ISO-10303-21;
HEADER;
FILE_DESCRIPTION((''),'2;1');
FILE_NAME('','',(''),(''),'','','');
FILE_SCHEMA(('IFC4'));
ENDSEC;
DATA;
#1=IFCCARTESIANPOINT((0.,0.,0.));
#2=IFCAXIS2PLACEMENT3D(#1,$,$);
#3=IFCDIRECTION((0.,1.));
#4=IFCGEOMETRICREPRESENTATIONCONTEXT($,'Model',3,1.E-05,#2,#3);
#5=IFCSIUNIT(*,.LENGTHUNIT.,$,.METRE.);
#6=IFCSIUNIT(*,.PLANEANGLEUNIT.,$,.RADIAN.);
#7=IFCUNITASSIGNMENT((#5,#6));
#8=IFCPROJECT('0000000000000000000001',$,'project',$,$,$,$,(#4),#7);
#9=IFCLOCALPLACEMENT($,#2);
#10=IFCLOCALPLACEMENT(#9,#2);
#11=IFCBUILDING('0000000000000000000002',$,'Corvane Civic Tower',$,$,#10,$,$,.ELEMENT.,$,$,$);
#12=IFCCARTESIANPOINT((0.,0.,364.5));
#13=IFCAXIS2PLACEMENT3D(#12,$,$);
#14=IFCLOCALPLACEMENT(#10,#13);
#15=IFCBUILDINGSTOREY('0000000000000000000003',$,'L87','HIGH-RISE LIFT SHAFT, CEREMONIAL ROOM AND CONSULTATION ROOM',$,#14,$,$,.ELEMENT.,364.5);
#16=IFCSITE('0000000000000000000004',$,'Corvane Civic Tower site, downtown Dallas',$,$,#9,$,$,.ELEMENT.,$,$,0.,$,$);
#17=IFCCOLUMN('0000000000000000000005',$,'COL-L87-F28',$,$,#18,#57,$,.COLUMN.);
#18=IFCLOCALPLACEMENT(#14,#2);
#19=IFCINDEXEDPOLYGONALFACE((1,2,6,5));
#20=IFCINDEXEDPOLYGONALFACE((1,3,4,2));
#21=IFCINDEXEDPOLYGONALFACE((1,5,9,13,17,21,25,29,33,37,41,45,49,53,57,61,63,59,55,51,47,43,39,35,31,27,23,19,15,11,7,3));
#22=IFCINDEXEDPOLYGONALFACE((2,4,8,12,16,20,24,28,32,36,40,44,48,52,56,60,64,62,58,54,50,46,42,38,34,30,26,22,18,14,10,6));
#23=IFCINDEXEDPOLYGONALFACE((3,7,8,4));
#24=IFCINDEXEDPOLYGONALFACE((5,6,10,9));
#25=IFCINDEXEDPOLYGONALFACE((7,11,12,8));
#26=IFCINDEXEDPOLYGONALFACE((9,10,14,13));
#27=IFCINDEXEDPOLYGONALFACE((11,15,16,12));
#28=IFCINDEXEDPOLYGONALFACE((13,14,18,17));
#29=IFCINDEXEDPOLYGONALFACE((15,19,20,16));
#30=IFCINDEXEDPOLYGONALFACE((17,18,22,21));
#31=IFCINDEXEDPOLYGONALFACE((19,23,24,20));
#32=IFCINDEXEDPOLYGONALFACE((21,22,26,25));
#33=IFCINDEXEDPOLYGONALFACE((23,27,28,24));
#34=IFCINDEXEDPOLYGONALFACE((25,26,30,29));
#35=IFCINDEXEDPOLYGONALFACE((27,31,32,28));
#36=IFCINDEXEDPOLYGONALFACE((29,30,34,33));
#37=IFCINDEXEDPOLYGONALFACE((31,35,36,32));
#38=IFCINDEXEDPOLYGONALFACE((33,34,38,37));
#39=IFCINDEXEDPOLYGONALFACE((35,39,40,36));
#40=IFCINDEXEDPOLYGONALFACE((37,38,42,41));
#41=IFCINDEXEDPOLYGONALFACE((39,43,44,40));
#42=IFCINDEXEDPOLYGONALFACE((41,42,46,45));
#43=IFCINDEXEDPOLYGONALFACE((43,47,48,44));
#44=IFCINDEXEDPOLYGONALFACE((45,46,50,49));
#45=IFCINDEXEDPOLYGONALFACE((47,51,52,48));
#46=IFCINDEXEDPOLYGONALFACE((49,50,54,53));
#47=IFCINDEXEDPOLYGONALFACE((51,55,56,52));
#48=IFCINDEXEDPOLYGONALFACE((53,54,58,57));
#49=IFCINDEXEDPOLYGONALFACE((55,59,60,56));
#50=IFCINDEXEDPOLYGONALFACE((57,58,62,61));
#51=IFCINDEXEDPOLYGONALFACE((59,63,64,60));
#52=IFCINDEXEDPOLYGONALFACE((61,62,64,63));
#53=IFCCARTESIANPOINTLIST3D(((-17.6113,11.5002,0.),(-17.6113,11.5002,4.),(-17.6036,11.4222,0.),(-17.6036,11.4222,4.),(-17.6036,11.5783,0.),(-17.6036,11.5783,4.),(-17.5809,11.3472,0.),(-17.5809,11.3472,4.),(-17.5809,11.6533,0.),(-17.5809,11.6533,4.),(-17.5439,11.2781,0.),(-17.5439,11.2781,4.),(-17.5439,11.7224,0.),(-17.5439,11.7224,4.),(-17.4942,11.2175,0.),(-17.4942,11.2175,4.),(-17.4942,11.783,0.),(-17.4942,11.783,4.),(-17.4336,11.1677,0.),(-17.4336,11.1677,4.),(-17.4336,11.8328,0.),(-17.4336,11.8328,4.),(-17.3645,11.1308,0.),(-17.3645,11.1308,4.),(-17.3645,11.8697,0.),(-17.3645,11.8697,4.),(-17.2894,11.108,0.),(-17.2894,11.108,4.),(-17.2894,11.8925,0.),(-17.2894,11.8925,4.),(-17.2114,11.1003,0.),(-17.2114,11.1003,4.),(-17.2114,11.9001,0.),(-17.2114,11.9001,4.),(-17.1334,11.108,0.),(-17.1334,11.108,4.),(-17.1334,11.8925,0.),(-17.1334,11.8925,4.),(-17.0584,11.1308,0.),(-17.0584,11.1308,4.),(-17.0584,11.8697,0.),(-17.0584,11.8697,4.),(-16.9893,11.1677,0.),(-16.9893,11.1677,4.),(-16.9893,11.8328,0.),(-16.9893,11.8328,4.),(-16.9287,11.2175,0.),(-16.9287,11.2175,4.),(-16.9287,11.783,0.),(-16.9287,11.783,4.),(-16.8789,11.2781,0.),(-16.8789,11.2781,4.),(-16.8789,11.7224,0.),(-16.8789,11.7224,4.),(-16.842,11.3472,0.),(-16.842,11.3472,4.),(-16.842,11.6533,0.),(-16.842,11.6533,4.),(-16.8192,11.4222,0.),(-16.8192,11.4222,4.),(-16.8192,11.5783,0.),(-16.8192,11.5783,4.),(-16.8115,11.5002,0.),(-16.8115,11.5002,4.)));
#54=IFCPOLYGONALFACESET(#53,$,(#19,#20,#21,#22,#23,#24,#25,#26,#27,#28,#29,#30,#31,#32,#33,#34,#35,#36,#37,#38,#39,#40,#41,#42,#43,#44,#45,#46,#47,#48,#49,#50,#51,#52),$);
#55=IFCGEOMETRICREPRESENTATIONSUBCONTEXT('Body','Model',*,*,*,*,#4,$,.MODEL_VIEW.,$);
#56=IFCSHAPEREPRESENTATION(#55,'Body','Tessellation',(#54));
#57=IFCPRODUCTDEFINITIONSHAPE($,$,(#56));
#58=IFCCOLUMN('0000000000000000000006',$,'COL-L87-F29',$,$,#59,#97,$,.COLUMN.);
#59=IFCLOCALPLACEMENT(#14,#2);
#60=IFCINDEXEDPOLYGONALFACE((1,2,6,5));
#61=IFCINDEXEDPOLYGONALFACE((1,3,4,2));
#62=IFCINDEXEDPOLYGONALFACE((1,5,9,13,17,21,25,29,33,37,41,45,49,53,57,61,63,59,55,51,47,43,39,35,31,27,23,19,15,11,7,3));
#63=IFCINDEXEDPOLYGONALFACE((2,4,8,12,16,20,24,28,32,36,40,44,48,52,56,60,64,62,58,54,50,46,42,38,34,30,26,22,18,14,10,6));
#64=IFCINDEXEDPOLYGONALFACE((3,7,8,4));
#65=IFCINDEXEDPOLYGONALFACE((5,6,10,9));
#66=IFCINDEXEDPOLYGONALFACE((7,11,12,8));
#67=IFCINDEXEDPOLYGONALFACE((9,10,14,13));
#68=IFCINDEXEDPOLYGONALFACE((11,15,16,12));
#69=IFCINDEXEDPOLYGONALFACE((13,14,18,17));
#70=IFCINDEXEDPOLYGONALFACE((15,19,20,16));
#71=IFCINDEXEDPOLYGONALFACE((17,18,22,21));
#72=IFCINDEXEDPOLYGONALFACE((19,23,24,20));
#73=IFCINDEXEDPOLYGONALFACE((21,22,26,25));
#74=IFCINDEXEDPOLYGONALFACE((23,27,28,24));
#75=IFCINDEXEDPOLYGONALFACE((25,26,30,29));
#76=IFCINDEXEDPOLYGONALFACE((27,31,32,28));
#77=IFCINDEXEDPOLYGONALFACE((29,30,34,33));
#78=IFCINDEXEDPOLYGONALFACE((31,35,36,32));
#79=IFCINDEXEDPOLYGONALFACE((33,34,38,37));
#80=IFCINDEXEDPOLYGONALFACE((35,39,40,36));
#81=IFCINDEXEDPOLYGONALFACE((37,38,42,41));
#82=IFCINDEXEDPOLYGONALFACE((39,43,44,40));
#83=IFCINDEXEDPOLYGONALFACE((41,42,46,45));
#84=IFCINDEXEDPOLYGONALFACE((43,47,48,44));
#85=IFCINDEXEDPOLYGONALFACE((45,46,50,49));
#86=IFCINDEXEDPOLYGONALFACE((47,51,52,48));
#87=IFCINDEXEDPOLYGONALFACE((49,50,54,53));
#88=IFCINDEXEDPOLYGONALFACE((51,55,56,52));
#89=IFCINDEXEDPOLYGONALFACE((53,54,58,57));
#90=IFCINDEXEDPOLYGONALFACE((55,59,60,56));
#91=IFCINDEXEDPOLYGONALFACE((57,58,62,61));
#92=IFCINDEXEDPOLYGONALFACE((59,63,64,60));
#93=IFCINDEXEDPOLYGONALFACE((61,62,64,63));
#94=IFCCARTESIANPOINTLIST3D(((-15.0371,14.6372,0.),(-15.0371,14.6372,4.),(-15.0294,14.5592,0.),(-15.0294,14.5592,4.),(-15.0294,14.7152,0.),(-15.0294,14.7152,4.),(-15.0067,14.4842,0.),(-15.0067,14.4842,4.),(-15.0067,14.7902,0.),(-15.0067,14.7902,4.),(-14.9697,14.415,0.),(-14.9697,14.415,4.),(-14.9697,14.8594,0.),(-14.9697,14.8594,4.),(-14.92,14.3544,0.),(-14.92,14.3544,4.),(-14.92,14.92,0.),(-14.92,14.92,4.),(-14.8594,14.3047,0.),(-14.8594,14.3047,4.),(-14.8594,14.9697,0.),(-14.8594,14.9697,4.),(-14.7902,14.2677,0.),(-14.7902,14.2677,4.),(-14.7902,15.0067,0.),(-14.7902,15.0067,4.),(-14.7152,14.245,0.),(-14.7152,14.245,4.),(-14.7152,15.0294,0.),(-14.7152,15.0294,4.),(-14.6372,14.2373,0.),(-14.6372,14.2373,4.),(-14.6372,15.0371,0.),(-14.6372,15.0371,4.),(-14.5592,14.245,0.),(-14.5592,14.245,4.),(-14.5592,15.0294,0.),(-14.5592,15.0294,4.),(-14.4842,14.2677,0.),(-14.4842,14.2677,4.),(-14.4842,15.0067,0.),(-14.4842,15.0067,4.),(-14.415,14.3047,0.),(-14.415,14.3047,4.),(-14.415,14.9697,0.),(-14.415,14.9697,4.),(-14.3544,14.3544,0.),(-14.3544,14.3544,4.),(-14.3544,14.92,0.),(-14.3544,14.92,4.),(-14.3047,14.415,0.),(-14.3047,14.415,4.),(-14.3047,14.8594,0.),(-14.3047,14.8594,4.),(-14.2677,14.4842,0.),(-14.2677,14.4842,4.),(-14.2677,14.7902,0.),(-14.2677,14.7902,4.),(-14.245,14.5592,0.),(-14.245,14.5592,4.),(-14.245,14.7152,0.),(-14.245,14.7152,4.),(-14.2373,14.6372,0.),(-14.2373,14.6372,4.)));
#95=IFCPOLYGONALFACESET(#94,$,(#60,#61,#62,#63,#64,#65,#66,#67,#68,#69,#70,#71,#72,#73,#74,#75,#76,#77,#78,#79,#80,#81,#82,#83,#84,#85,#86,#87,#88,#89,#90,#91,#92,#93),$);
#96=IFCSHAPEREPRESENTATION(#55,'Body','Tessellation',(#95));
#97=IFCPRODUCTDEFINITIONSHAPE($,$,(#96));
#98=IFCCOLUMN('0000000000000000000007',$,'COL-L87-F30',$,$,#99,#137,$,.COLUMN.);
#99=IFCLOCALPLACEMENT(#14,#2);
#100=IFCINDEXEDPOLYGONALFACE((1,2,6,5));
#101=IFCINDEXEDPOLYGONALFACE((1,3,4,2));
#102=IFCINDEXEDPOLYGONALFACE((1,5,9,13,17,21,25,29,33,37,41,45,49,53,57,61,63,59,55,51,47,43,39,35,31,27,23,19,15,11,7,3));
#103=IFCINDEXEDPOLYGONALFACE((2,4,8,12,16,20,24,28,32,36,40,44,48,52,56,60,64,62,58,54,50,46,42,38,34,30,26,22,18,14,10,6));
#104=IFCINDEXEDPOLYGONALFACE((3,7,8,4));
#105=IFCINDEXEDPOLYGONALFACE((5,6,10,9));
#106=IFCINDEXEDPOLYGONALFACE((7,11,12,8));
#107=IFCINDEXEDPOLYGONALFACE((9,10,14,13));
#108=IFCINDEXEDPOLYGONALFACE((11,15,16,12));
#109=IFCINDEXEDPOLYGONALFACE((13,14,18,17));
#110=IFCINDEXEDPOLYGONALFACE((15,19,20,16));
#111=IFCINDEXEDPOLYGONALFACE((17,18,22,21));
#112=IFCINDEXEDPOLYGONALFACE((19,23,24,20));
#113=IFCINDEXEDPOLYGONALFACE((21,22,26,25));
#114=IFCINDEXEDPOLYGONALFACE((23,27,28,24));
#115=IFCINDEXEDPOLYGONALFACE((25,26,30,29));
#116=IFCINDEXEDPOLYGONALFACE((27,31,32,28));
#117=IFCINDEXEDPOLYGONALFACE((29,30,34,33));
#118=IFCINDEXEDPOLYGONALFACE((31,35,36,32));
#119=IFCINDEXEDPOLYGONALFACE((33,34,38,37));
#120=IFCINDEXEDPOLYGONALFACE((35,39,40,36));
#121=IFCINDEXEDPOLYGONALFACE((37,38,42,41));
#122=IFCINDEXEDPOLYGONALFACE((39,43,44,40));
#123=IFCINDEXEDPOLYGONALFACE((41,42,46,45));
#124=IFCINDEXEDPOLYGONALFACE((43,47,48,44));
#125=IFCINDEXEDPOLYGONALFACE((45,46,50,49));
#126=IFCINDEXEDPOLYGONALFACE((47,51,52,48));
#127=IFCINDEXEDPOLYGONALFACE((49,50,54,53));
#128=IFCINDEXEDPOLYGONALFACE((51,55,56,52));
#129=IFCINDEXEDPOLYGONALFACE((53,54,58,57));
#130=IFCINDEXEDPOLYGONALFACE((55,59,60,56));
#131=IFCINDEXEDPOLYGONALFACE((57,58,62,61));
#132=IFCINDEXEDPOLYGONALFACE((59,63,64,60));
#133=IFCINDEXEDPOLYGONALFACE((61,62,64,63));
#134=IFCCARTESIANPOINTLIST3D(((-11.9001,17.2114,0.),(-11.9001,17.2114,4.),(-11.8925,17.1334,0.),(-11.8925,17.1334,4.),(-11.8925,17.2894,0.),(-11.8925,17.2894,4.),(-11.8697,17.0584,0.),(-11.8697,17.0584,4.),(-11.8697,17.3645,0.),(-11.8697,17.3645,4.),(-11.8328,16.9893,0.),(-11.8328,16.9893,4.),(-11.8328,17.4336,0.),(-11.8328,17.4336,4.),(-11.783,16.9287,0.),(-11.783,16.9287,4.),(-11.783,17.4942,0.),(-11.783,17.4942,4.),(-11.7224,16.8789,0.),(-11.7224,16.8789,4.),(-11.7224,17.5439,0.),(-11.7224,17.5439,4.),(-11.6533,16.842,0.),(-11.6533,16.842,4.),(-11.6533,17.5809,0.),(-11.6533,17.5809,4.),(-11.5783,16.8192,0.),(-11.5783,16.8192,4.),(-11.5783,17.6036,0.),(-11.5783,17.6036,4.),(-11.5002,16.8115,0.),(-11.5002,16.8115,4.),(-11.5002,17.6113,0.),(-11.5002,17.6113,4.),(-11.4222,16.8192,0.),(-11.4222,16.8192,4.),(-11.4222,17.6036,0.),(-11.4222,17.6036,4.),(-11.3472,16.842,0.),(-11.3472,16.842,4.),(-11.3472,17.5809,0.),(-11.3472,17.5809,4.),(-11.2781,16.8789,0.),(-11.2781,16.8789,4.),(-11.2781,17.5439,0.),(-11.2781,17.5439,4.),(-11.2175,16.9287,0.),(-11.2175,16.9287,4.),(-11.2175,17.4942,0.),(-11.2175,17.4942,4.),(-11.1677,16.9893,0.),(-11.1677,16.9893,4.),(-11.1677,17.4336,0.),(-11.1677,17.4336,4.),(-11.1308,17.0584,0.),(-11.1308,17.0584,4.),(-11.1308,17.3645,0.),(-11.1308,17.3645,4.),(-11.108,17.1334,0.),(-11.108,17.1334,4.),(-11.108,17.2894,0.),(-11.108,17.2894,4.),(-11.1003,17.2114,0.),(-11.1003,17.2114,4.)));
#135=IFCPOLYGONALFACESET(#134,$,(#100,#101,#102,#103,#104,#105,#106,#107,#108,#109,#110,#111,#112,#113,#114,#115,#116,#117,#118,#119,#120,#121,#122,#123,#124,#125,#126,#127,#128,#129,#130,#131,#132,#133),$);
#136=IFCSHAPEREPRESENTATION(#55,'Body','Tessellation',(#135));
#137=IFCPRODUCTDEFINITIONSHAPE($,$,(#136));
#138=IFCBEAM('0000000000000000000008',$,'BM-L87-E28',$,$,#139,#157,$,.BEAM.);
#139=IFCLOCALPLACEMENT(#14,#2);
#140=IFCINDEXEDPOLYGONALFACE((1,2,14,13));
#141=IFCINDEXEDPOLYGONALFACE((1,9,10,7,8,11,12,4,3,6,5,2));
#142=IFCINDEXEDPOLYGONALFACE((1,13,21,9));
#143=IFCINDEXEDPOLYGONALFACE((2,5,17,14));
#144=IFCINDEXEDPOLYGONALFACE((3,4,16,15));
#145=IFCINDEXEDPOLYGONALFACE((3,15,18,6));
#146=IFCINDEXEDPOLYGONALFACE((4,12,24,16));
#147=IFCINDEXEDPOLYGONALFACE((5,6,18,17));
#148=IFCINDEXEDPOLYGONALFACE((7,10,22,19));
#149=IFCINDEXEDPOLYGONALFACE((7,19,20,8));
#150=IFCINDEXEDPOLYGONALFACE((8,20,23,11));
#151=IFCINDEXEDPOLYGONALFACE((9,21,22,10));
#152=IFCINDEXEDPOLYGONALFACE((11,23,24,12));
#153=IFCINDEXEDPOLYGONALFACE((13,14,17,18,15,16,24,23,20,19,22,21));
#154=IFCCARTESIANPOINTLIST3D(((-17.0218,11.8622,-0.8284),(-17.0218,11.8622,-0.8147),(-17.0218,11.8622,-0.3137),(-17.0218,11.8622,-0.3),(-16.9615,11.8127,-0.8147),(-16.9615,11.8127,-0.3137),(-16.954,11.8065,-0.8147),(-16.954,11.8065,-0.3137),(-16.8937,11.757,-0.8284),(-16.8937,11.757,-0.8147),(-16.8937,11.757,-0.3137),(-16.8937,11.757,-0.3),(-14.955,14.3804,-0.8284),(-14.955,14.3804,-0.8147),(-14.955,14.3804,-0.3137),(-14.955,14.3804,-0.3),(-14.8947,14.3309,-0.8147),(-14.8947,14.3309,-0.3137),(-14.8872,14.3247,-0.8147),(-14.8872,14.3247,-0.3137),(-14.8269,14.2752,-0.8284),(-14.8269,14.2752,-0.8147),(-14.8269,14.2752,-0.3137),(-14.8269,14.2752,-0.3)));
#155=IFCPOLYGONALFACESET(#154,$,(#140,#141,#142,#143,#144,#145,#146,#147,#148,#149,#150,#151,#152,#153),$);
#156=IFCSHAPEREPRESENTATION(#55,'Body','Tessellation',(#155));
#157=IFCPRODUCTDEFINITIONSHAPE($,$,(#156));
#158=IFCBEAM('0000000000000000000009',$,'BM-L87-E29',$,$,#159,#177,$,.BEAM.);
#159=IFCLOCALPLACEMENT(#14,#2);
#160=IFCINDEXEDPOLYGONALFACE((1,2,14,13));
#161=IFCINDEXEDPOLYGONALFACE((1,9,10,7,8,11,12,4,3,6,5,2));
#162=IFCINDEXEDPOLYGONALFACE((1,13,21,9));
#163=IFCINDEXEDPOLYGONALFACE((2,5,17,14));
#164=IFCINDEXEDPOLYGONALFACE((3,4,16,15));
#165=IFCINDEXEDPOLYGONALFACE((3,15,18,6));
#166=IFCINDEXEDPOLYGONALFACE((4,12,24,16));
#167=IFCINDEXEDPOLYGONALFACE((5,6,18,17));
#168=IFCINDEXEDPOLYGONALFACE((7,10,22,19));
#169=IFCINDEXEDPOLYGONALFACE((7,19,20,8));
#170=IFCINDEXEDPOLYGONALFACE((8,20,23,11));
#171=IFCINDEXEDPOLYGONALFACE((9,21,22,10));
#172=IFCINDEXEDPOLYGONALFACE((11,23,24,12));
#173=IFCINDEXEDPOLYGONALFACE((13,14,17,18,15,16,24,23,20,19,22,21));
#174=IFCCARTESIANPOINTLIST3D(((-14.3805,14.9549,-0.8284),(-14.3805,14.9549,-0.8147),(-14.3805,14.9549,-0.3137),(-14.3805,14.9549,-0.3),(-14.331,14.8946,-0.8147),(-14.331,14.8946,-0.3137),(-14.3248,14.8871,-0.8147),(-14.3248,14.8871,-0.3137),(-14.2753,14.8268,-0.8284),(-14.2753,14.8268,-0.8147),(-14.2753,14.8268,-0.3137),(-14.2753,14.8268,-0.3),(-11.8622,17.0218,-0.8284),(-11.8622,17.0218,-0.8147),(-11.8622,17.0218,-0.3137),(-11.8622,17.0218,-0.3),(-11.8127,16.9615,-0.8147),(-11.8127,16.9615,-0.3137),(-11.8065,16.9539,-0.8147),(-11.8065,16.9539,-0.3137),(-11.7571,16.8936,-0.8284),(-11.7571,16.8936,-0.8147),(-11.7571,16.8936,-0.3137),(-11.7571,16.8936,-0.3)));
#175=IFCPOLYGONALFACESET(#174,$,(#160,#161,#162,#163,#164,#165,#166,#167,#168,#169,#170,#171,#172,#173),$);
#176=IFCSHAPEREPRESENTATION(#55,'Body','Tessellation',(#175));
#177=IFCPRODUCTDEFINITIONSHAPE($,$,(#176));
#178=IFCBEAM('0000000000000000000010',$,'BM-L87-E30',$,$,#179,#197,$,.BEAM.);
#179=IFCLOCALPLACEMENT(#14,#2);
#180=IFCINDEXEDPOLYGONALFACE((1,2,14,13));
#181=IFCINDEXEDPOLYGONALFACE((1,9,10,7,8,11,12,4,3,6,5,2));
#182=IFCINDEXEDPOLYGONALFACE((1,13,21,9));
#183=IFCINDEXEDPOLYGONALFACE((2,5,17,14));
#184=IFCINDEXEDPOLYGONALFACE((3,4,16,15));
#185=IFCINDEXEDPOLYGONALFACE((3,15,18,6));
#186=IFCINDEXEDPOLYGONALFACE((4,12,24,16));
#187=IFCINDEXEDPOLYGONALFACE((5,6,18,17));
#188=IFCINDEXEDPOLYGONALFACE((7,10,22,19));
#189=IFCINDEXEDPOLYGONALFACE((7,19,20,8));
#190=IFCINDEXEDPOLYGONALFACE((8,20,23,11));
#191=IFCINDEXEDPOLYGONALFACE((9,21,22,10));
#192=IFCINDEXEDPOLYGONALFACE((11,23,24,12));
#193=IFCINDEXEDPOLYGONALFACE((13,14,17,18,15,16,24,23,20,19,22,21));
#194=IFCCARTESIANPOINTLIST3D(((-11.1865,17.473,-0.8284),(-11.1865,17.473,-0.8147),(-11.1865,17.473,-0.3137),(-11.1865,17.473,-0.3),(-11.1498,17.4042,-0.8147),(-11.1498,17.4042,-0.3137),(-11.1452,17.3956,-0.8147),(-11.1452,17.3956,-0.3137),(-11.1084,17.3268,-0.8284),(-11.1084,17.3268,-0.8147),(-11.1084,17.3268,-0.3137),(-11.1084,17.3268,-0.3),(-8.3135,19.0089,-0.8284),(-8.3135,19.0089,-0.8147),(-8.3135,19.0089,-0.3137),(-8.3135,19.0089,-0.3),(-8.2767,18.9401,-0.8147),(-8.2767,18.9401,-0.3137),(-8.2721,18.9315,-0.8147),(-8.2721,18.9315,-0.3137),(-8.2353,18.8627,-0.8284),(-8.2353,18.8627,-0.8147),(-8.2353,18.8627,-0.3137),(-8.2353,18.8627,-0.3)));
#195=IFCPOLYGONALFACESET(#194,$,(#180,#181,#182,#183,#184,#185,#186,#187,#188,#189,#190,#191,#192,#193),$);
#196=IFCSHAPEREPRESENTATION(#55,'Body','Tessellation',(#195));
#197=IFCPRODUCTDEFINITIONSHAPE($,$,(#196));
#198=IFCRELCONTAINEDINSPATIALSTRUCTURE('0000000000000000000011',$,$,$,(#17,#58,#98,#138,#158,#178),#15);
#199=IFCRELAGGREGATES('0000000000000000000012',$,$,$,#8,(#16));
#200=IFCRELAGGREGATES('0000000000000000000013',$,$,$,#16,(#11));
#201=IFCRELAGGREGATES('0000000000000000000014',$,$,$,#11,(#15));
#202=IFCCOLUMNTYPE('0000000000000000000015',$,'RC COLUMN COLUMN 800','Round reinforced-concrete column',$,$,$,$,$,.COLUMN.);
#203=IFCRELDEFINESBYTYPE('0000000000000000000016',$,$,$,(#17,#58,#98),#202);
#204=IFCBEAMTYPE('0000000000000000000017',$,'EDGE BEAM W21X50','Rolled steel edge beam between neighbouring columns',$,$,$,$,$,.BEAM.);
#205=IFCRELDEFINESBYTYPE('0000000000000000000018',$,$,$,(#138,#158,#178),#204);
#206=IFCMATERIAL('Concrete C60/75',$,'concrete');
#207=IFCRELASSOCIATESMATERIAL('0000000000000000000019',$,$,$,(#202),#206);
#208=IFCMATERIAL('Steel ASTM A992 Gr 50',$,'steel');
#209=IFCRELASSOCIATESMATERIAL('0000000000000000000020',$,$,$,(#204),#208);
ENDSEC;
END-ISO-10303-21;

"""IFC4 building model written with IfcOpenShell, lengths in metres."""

from ifc_helpers import new_model, si_unit, direction, frame, origin, origin_2d, place, context, subcontext, project, spatial, circle, i_section, extrude, material, material_profile, profile_set, type_object, element, save


model = new_model("IFC4")

# Units and contexts
model_context = context("Model", 3, precision=1e-05, world=origin(), true_north=direction((0.0, 1.0)))
body_context = subcontext(model_context, "Body", "Model", "MODEL_VIEW")
ifc_project = project(units=[si_unit("LENGTHUNIT", "METRE"), si_unit("PLANEANGLEUNIT", "RADIAN")], contexts=[model_context])

# Site, building, storey
site_placement = place(None, origin())
site = spatial("IfcSite", under=ifc_project, at=site_placement, Name="Corvane Civic Tower site, downtown Dallas", CompositionType="ELEMENT", RefElevation=0.0)
building_placement = place(site_placement, origin())
building = spatial("IfcBuilding", under=site, at=building_placement, Name="Corvane Civic Tower", CompositionType="ELEMENT")
storey_placement = place(building_placement, frame((0.0, 0.0, 364.5)))
storey = spatial("IfcBuildingStorey", under=building, at=storey_placement, Name="L87", Description="HIGH-RISE LIFT SHAFT, CEREMONIAL ROOM AND CONSULTATION ROOM", CompositionType="ELEMENT", Elevation=364.5)

# Columns
ifc_material_1 = material(Name="Concrete C60/75", Category="concrete")
ifc_material_profile_1 = material_profile(ifc_material_1, circle(Radius=0.3999, at=origin_2d()), Name="COLUMN 800")
ifc_profile_set_1 = profile_set([ifc_material_profile_1], Name="Concrete C60/75")
column_type = type_object("IfcColumnType", Name="RC COLUMN COLUMN 800", Description="Round reinforced-concrete column", PredefinedType="COLUMN", material=ifc_profile_set_1)
for number, where, z_axis, x_axis, name in (
    (1, (-17.2114, 11.5002, 0.0), (0.0, 0.0, 1.0), (1.0, 0.0, 0.0), "COL-L87-F28"),
    (2, (-14.6372, 14.6372, 0.0), (0.0, 0.0, 1.0), (1.0, 0.0, 0.0), "COL-L87-F29"),
    (3, (-11.5002, 17.2114, 0.0), (0.0, 0.0, 1.0), (1.0, 0.0, 0.0), "COL-L87-F30"),
):
    element("IfcColumn", number, at=place(storey_placement, frame(where, z_axis=z_axis, x_axis=x_axis)), inside=storey, type_object=column_type, Name=name, PredefinedType="COLUMN", context=body_context, shape_type="SweptSolid", body=[
        extrude(circle(Radius=0.3999, at=origin_2d()), origin(), (0.0, 0.0, 1.0), 4.0),
    ])

# Beams
ifc_material_2 = material(Name="Steel ASTM A992 Gr 50", Category="steel")
ifc_material_profile_2 = material_profile(ifc_material_2, i_section(OverallWidth=0.1658, OverallDepth=0.5283, WebThickness=0.0098, FlangeThickness=0.0137, at=origin_2d()), Name="W21X50")
ifc_profile_set_2 = profile_set([ifc_material_profile_2], Name="Steel ASTM A992 Gr 50")
beam_type_1 = type_object("IfcBeamType", Name="EDGE BEAM W21X50", Description="Rolled steel edge beam between neighbouring columns", PredefinedType="BEAM", material=ifc_profile_set_2)
for number, where, z_axis, x_axis, name in (
    (4, (-16.9578, 11.8096, -0.5642), (0.634425, 0.772985, 0.0), (-0.772985, 0.634425, 0.0), "BM-L87-E28"),
    (5, (-14.3279, 14.8909, -0.5642), (0.772985, 0.634425, 0.0), (-0.634425, 0.772985, 0.0), "BM-L87-E29"),
    (6, (-11.1475, 17.3999, -0.5642), (0.881894, 0.471448, 0.0), (-0.471448, 0.881894, 0.0), "BM-L87-E30"),
):
    element("IfcBeam", number, at=place(storey_placement, frame(where, z_axis=z_axis, x_axis=x_axis)), inside=storey, type_object=beam_type_1, Name=name, PredefinedType="BEAM", context=body_context, shape_type="SweptSolid", body=[
        extrude(i_section(OverallWidth=0.1658, OverallDepth=0.5283, WebThickness=0.0098, FlangeThickness=0.0137, at=origin_2d()), origin(), (0.0, 0.0, 1.0), 3.2578),
    ])

save(model, "model.ifc")
